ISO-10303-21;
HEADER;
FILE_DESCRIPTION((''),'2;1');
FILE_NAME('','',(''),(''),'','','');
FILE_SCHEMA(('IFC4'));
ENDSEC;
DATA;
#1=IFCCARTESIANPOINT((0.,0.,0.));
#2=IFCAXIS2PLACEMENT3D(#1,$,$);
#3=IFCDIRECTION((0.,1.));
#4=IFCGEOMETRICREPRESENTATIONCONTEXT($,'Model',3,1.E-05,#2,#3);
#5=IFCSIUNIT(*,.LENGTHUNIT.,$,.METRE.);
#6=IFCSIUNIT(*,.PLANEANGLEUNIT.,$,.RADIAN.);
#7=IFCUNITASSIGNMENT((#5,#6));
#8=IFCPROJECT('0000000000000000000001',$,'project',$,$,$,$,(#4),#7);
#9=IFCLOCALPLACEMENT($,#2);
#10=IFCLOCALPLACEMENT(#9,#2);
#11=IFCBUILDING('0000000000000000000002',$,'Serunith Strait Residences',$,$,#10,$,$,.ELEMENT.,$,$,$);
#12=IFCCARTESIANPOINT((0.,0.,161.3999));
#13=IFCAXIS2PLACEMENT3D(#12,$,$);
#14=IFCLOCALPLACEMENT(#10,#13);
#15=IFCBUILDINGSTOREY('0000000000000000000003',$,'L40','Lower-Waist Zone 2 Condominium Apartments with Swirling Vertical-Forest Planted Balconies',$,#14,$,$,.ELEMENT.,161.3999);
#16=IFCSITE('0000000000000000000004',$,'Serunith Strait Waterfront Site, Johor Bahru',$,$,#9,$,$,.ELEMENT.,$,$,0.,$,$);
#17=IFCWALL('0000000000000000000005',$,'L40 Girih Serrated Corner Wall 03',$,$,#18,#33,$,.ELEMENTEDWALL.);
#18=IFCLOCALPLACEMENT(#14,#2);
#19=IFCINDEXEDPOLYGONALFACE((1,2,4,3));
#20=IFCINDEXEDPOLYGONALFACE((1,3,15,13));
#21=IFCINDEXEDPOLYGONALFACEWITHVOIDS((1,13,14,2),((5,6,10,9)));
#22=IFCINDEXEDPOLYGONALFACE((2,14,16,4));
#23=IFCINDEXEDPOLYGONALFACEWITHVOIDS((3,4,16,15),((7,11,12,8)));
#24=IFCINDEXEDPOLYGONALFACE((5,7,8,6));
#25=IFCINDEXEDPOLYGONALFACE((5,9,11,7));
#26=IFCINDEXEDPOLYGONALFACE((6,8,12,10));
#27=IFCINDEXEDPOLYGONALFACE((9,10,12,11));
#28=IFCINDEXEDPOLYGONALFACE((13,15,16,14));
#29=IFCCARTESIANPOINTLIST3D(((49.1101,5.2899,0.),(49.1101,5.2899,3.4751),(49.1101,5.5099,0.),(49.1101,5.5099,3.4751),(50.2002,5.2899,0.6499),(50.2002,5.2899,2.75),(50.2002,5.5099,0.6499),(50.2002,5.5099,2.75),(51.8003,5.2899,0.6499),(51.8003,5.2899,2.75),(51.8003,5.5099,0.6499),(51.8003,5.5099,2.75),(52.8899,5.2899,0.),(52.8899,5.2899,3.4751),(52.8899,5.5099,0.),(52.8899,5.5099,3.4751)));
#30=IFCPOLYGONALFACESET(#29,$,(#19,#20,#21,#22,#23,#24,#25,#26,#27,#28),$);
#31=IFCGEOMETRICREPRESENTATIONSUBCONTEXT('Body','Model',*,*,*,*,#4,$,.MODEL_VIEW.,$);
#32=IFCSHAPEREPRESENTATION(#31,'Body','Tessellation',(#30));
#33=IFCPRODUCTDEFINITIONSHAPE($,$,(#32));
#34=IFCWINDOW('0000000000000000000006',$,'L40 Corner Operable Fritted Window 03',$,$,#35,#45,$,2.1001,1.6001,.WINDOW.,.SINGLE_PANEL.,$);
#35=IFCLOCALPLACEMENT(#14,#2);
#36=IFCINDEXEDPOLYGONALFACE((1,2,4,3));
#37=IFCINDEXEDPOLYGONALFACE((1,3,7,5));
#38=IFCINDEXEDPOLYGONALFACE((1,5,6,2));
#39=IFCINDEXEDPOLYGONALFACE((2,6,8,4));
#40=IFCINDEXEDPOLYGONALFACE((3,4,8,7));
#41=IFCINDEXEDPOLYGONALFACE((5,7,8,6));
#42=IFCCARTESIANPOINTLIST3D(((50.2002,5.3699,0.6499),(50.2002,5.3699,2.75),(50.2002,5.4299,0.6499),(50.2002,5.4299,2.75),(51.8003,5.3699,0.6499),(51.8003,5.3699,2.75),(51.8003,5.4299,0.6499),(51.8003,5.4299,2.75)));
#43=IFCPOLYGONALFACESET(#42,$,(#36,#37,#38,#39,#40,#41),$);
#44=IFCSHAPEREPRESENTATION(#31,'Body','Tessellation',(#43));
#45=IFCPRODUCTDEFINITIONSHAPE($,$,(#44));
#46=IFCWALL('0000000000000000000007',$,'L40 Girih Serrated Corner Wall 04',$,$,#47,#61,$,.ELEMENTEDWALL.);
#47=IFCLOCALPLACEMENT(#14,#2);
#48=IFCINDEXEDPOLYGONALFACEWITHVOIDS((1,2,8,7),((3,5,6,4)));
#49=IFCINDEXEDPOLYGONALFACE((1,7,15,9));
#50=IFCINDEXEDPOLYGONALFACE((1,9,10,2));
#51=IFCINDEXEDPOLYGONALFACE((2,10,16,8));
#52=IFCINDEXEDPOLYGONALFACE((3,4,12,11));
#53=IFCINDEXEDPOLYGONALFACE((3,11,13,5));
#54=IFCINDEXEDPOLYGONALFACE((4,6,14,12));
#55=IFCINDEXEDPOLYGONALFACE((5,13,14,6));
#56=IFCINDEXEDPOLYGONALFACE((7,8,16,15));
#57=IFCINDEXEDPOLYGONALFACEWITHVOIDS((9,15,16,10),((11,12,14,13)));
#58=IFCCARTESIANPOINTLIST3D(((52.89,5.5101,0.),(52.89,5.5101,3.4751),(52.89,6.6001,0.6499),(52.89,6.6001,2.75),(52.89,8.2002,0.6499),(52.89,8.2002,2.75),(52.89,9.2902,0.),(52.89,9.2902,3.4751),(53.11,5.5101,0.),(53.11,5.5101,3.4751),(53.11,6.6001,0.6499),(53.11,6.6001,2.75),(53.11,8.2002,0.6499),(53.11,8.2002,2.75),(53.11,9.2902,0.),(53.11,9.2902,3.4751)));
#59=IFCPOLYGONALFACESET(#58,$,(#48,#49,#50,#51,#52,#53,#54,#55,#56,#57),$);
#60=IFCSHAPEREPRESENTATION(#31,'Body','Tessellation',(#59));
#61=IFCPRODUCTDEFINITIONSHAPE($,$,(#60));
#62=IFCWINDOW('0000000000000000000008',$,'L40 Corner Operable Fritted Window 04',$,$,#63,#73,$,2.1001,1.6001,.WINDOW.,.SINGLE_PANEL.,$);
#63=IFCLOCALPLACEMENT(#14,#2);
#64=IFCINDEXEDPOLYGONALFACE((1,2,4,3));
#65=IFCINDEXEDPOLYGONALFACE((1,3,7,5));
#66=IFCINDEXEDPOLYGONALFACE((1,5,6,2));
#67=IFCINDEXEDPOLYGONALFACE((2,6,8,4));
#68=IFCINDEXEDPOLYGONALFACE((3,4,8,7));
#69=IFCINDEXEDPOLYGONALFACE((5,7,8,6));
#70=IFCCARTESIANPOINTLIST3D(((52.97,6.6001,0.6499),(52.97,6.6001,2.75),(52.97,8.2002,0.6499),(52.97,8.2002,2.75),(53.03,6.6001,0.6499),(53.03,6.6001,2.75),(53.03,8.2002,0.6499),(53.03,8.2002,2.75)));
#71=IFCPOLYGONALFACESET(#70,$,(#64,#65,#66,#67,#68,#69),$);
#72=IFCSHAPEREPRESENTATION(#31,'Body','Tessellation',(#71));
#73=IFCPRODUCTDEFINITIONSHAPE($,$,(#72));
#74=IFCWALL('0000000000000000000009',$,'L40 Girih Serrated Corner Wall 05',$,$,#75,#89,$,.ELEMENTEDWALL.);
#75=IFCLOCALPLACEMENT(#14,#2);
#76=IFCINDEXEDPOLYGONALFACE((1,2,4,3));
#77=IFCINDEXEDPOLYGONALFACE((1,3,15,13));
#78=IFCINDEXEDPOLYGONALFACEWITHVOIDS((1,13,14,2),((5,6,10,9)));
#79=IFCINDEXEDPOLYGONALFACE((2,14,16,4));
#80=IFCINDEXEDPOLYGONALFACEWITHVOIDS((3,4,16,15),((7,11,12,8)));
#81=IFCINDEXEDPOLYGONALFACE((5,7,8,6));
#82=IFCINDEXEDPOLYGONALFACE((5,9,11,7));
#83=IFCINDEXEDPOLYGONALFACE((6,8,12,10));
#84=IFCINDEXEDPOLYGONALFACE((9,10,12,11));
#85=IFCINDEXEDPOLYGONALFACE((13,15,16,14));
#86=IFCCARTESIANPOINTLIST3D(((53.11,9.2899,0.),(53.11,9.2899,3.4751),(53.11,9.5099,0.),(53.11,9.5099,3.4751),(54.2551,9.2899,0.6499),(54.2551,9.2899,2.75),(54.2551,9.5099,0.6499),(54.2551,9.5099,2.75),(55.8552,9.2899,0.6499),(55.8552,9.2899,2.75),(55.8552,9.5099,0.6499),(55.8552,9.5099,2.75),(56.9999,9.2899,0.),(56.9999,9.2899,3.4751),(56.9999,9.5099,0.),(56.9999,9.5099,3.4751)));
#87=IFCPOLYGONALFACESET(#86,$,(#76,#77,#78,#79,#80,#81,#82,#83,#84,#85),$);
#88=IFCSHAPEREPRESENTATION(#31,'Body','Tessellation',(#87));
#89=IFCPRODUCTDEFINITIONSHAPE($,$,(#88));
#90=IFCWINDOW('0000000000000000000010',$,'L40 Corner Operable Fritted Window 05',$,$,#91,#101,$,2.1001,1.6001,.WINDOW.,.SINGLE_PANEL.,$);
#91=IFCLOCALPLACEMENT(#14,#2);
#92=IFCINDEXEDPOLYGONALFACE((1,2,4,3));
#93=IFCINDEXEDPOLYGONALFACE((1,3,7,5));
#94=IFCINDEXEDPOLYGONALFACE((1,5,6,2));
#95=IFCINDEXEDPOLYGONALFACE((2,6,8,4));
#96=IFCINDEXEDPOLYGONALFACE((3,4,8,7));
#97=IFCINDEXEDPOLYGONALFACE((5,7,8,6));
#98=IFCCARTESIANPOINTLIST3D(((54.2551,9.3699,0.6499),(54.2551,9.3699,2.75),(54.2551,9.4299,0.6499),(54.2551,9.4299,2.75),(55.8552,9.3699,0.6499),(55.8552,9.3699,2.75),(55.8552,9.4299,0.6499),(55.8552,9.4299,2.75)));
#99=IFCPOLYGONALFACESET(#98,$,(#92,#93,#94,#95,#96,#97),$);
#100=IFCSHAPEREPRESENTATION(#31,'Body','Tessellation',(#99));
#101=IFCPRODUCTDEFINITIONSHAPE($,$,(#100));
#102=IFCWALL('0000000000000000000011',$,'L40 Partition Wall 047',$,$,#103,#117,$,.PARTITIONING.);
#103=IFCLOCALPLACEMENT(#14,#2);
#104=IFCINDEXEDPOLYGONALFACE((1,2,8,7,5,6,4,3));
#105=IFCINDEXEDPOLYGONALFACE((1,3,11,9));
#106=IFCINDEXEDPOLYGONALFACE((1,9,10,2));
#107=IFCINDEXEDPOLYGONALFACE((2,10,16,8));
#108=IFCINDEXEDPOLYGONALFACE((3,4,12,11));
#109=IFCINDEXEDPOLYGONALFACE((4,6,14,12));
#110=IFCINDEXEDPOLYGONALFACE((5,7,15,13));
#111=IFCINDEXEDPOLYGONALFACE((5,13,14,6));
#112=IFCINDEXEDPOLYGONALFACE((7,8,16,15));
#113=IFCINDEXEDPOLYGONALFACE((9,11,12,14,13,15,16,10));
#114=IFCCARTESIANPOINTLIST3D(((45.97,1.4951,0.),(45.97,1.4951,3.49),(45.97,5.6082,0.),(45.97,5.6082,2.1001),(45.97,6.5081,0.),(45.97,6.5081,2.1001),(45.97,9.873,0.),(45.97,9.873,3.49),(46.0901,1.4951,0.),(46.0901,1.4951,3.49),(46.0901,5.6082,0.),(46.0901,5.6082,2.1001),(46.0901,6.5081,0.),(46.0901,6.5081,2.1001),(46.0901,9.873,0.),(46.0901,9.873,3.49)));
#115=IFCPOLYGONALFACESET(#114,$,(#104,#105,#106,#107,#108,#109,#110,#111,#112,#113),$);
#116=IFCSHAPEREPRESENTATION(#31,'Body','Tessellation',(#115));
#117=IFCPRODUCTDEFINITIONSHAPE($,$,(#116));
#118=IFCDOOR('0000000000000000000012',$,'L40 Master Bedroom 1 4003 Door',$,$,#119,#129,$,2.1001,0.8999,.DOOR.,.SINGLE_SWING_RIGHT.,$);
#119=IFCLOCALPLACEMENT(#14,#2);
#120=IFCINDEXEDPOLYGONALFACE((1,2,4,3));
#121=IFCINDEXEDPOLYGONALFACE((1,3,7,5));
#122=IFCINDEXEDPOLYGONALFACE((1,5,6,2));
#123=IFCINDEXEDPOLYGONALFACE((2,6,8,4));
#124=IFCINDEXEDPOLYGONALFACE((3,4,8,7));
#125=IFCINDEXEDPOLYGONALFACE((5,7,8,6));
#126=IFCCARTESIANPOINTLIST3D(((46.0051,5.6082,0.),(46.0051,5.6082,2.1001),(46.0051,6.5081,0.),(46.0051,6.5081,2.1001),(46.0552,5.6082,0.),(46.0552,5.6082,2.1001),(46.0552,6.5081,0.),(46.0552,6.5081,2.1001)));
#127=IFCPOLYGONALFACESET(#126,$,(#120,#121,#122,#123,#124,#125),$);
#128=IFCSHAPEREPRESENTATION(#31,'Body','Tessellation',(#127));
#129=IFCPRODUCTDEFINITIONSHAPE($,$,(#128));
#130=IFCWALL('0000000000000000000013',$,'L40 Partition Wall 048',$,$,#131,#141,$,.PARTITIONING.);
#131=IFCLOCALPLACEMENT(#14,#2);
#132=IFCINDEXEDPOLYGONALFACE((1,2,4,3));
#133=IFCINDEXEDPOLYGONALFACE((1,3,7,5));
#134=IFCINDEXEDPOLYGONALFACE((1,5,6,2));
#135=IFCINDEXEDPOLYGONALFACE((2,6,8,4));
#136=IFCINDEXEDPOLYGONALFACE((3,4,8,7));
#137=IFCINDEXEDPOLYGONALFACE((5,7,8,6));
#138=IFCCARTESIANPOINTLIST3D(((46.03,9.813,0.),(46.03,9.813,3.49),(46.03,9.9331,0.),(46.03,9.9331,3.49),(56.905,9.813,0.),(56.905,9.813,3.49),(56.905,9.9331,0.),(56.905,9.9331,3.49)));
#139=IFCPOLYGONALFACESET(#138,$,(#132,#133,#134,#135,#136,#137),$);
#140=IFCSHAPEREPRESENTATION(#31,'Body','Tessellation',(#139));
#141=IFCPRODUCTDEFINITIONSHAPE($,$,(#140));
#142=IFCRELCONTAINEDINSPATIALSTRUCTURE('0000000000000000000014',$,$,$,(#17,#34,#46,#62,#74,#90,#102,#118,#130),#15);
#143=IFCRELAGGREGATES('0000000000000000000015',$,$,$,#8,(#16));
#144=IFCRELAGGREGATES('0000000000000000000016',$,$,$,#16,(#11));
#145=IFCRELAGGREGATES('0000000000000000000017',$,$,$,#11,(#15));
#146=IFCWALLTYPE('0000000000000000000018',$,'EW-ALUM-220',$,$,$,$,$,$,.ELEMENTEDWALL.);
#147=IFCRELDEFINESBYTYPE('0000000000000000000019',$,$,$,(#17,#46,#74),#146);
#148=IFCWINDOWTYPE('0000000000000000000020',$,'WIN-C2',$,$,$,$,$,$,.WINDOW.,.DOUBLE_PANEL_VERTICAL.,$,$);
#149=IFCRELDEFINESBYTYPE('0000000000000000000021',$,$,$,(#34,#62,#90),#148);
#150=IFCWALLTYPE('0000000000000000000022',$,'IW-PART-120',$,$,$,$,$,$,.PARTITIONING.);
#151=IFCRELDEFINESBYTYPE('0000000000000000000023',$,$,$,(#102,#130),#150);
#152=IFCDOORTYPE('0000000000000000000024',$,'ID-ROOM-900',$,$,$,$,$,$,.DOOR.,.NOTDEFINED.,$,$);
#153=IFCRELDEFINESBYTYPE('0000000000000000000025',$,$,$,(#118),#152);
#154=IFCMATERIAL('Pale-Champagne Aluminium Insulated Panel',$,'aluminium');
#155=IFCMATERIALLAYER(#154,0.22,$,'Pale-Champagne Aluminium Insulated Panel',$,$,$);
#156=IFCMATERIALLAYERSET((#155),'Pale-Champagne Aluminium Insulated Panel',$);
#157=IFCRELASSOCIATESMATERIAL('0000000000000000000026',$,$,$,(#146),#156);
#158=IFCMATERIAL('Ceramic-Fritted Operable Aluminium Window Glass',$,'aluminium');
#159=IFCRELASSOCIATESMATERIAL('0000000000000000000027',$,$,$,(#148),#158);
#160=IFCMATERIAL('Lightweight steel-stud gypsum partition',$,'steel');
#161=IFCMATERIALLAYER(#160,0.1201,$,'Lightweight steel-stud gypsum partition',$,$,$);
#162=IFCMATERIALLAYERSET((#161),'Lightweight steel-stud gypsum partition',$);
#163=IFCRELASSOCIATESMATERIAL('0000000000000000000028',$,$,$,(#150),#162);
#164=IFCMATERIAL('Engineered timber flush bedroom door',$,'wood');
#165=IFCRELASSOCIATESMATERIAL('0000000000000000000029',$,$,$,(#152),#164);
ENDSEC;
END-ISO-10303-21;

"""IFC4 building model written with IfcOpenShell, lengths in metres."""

from ifc_helpers import new_model, si_unit, direction, frame, frame_2d, origin, place, context, subcontext, project, spatial, rectangle, extrude, source, transform, mapped, material, layer, layer_set, type_object, element, fill, save


model = new_model("IFC4")

# Units and contexts
model_context = context("Model", 3, precision=1e-05, world=origin(), true_north=direction((0.0, 1.0)))
body_context = subcontext(model_context, "Body", "Model", "MODEL_VIEW")
ifc_project = project(units=[si_unit("LENGTHUNIT", "METRE"), si_unit("PLANEANGLEUNIT", "RADIAN")], contexts=[model_context])

# Site, building, storey
site_placement = place(None, origin())
site = spatial("IfcSite", under=ifc_project, at=site_placement, Name="Serunith Strait Waterfront Site, Johor Bahru", CompositionType="ELEMENT", RefElevation=0.0)
building_placement = place(site_placement, origin())
building = spatial("IfcBuilding", under=site, at=building_placement, Name="Serunith Strait Residences", CompositionType="ELEMENT")
storey_placement = place(building_placement, frame((0.0, 0.0, 161.3999)))
storey = spatial("IfcBuildingStorey", under=building, at=storey_placement, Name="L40", Description="Lower-Waist Zone 2 Condominium Apartments with Swirling Vertical-Forest Planted Balconies", CompositionType="ELEMENT", Elevation=161.3999)

# Walls, openings, windows
ifc_material_1 = material(Name="Pale-Champagne Aluminium Insulated Panel", Category="aluminium")
ifc_layer_1 = layer(ifc_material_1, 0.22, Name="Pale-Champagne Aluminium Insulated Panel")
ifc_layer_set_1 = layer_set([ifc_layer_1], Name="Pale-Champagne Aluminium Insulated Panel")
wall_type_1 = type_object("IfcWallType", Name="EW-ALUM-220", PredefinedType="ELEMENTEDWALL", material=ifc_layer_set_1)
ifc_material_2 = material(Name="Ceramic-Fritted Operable Aluminium Window Glass", Category="aluminium")
window_type = type_object("IfcWindowType", Name="WIN-C2", PartitioningType="DOUBLE_PANEL_VERTICAL", PredefinedType="WINDOW", material=ifc_material_2)
shared_shape_1 = source(origin(), body_context, "Body", "SweptSolid", [
    extrude(rectangle(XDim=1.6001, YDim=2.1001, at=frame_2d((0.8, 1.05))), frame((0.0, 0.03, 0.0), z_axis=(0.0, -1.0, 0.0), x_axis=(1.0, 0.0, 0.0)), (0.0, 0.0, 1.0), 0.0601),
])
wall_1_placement = place(storey_placement, frame((49.1101, 5.3999, 0.0), z_axis=(0.0, 0.0, 1.0), x_axis=(1.0, 0.0, 0.0)))
wall_1 = element("IfcWall", 1, at=wall_1_placement, inside=storey, type_object=wall_type_1, Name="L40 Girih Serrated Corner Wall 03", PredefinedType="ELEMENTEDWALL", context=body_context, shape_type="SweptSolid", body=[
    extrude(rectangle(XDim=3.7798, YDim=0.22, at=frame_2d((1.8899, 0.0))), origin(), (0.0, 0.0, 1.0), 3.4751),
])
opening_1_placement = place(wall_1_placement, frame((1.0901, 0.0, 0.6499)))
opening_1 = element("IfcOpeningElement", 2, at=opening_1_placement, cuts=wall_1, PredefinedType="OPENING", context=body_context, shape_type="SweptSolid", body=[
    extrude(rectangle(XDim=1.6001, YDim=2.1001, at=frame_2d((0.8, 1.05))), frame((0.0, 0.1201, 0.0), z_axis=(0.0, -1.0, 0.0), x_axis=(1.0, 0.0, 0.0)), (0.0, 0.0, 1.0), 0.24),
])
window_1_placement = place(opening_1_placement, origin())
window_1 = element("IfcWindow", 3, at=window_1_placement, inside=storey, type_object=window_type, Name="L40 Corner Operable Fritted Window 03", OverallHeight=2.1001, OverallWidth=1.6001, PartitioningType="SINGLE_PANEL", PredefinedType="WINDOW", context=body_context, shape_type="MappedRepresentation", body=[
    mapped(shared_shape_1, transform((0.0, 0.0, 0.0), scale=1.0)),
])
fill(opening_1, window_1)
wall_2_placement = place(storey_placement, frame((53.0, 5.51, 0.0), z_axis=(0.0, 0.0, 1.0), x_axis=(0.0, 1.0, 0.0)))
wall_2 = element("IfcWall", 4, at=wall_2_placement, inside=storey, type_object=wall_type_1, Name="L40 Girih Serrated Corner Wall 04", PredefinedType="ELEMENTEDWALL", context=body_context, shape_type="SweptSolid", body=[
    extrude(rectangle(XDim=3.78, YDim=0.22, at=frame_2d((1.8901, 0.0))), origin(), (0.0, 0.0, 1.0), 3.4751),
])
opening_2_placement = place(wall_2_placement, frame((1.0901, 0.0, 0.6499)))
opening_2 = element("IfcOpeningElement", 5, at=opening_2_placement, cuts=wall_2, PredefinedType="OPENING", context=body_context, shape_type="SweptSolid", body=[
    extrude(rectangle(XDim=1.6001, YDim=2.1001, at=frame_2d((0.8, 1.05))), frame((0.0, 0.1201, 0.0), z_axis=(0.0, -1.0, 0.0), x_axis=(1.0, 0.0, 0.0)), (0.0, 0.0, 1.0), 0.24),
])
window_2_placement = place(opening_2_placement, origin())
window_2 = element("IfcWindow", 6, at=window_2_placement, inside=storey, type_object=window_type, Name="L40 Corner Operable Fritted Window 04", OverallHeight=2.1001, OverallWidth=1.6001, PartitioningType="SINGLE_PANEL", PredefinedType="WINDOW", context=body_context, shape_type="MappedRepresentation", body=[
    mapped(shared_shape_1, transform((0.0, 0.0, 0.0), scale=1.0)),
])
fill(opening_2, window_2)
wall_3_placement = place(storey_placement, frame((53.1101, 9.3999, 0.0), z_axis=(0.0, 0.0, 1.0), x_axis=(1.0, 0.0, 0.0)))
wall_3 = element("IfcWall", 7, at=wall_3_placement, inside=storey, type_object=wall_type_1, Name="L40 Girih Serrated Corner Wall 05", PredefinedType="ELEMENTEDWALL", context=body_context, shape_type="SweptSolid", body=[
    extrude(rectangle(XDim=3.8899, YDim=0.22, at=frame_2d((1.9448, 0.0))), origin(), (0.0, 0.0, 1.0), 3.4751),
])
opening_3_placement = place(wall_3_placement, frame((1.145, 0.0, 0.6499)))
opening_3 = element("IfcOpeningElement", 8, at=opening_3_placement, cuts=wall_3, PredefinedType="OPENING", context=body_context, shape_type="SweptSolid", body=[
    extrude(rectangle(XDim=1.6001, YDim=2.1001, at=frame_2d((0.8, 1.05))), frame((0.0, 0.1201, 0.0), z_axis=(0.0, -1.0, 0.0), x_axis=(1.0, 0.0, 0.0)), (0.0, 0.0, 1.0), 0.24),
])
window_3_placement = place(opening_3_placement, origin())
window_3 = element("IfcWindow", 9, at=window_3_placement, inside=storey, type_object=window_type, Name="L40 Corner Operable Fritted Window 05", OverallHeight=2.1001, OverallWidth=1.6001, PartitioningType="SINGLE_PANEL", PredefinedType="WINDOW", context=body_context, shape_type="MappedRepresentation", body=[
    mapped(shared_shape_1, transform((0.0, 0.0, 0.0), scale=1.0)),
])
fill(opening_3, window_3)

# Wall, opening, door
ifc_material_3 = material(Name="Lightweight steel-stud gypsum partition", Category="steel")
ifc_layer_2 = layer(ifc_material_3, 0.1201, Name="Lightweight steel-stud gypsum partition")
ifc_layer_set_2 = layer_set([ifc_layer_2], Name="Lightweight steel-stud gypsum partition")
wall_type_2 = type_object("IfcWallType", Name="IW-PART-120", PredefinedType="PARTITIONING", material=ifc_layer_set_2)
wall_4_placement = place(storey_placement, frame((46.03, 1.4951, 0.0), z_axis=(0.0, 0.0, 1.0), x_axis=(0.0, 1.0, 0.0)))
wall_4 = element("IfcWall", 10, at=wall_4_placement, inside=storey, type_object=wall_type_2, Name="L40 Partition Wall 047", PredefinedType="PARTITIONING", context=body_context, shape_type="SweptSolid", body=[
    extrude(rectangle(XDim=8.3779, YDim=0.1201, at=frame_2d((4.189, 0.0))), origin(), (0.0, 0.0, 1.0), 3.49),
])
opening_4_placement = place(wall_4_placement, frame((4.113, 0.0, 0.0)))
opening_4 = element("IfcOpeningElement", 11, at=opening_4_placement, cuts=wall_4, PredefinedType="OPENING", context=body_context, shape_type="SweptSolid", body=[
    extrude(rectangle(XDim=0.8999, YDim=2.1001, at=frame_2d((0.45, 1.05))), frame((0.0, 0.0701, 0.0), z_axis=(0.0, -1.0, 0.0), x_axis=(1.0, 0.0, 0.0)), (0.0, 0.0, 1.0), 0.1401),
])
ifc_material_4 = material(Name="Engineered timber flush bedroom door", Category="wood")
door_type_1 = type_object("IfcDoorType", Name="ID-ROOM-900", OperationType="NOTDEFINED", PredefinedType="DOOR", material=ifc_material_4)
shared_shape_2 = source(origin(), body_context, "Body", "SweptSolid", [
    extrude(rectangle(XDim=0.8999, YDim=2.1001, at=frame_2d((0.45, 1.05))), frame((0.0, 0.0249, 0.0), z_axis=(0.0, -1.0, 0.0), x_axis=(1.0, 0.0, 0.0)), (0.0, 0.0, 1.0), 0.05),
])
door_1_placement = place(opening_4_placement, origin())
door_1 = element("IfcDoor", 12, at=door_1_placement, inside=storey, type_object=door_type_1, Name="L40 Master Bedroom 1 4003 Door", OperationType="SINGLE_SWING_RIGHT", OverallHeight=2.1001, OverallWidth=0.8999, PredefinedType="DOOR", context=body_context, shape_type="MappedRepresentation", body=[
    mapped(shared_shape_2, transform((0.0, 0.0, 0.0), scale=1.0)),
])
fill(opening_4, door_1)

# Wall
wall_5_placement = place(storey_placement, frame((46.03, 9.873, 0.0), z_axis=(0.0, 0.0, 1.0), x_axis=(1.0, 0.0, 0.0)))
element("IfcWall", 13, at=wall_5_placement, inside=storey, type_object=wall_type_2, Name="L40 Partition Wall 048", PredefinedType="PARTITIONING", context=body_context, shape_type="SweptSolid", body=[
    extrude(rectangle(XDim=10.875, YDim=0.1201, at=frame_2d((5.4375, 0.0))), origin(), (0.0, 0.0, 1.0), 3.49),
])

save(model, "model.ifc")
